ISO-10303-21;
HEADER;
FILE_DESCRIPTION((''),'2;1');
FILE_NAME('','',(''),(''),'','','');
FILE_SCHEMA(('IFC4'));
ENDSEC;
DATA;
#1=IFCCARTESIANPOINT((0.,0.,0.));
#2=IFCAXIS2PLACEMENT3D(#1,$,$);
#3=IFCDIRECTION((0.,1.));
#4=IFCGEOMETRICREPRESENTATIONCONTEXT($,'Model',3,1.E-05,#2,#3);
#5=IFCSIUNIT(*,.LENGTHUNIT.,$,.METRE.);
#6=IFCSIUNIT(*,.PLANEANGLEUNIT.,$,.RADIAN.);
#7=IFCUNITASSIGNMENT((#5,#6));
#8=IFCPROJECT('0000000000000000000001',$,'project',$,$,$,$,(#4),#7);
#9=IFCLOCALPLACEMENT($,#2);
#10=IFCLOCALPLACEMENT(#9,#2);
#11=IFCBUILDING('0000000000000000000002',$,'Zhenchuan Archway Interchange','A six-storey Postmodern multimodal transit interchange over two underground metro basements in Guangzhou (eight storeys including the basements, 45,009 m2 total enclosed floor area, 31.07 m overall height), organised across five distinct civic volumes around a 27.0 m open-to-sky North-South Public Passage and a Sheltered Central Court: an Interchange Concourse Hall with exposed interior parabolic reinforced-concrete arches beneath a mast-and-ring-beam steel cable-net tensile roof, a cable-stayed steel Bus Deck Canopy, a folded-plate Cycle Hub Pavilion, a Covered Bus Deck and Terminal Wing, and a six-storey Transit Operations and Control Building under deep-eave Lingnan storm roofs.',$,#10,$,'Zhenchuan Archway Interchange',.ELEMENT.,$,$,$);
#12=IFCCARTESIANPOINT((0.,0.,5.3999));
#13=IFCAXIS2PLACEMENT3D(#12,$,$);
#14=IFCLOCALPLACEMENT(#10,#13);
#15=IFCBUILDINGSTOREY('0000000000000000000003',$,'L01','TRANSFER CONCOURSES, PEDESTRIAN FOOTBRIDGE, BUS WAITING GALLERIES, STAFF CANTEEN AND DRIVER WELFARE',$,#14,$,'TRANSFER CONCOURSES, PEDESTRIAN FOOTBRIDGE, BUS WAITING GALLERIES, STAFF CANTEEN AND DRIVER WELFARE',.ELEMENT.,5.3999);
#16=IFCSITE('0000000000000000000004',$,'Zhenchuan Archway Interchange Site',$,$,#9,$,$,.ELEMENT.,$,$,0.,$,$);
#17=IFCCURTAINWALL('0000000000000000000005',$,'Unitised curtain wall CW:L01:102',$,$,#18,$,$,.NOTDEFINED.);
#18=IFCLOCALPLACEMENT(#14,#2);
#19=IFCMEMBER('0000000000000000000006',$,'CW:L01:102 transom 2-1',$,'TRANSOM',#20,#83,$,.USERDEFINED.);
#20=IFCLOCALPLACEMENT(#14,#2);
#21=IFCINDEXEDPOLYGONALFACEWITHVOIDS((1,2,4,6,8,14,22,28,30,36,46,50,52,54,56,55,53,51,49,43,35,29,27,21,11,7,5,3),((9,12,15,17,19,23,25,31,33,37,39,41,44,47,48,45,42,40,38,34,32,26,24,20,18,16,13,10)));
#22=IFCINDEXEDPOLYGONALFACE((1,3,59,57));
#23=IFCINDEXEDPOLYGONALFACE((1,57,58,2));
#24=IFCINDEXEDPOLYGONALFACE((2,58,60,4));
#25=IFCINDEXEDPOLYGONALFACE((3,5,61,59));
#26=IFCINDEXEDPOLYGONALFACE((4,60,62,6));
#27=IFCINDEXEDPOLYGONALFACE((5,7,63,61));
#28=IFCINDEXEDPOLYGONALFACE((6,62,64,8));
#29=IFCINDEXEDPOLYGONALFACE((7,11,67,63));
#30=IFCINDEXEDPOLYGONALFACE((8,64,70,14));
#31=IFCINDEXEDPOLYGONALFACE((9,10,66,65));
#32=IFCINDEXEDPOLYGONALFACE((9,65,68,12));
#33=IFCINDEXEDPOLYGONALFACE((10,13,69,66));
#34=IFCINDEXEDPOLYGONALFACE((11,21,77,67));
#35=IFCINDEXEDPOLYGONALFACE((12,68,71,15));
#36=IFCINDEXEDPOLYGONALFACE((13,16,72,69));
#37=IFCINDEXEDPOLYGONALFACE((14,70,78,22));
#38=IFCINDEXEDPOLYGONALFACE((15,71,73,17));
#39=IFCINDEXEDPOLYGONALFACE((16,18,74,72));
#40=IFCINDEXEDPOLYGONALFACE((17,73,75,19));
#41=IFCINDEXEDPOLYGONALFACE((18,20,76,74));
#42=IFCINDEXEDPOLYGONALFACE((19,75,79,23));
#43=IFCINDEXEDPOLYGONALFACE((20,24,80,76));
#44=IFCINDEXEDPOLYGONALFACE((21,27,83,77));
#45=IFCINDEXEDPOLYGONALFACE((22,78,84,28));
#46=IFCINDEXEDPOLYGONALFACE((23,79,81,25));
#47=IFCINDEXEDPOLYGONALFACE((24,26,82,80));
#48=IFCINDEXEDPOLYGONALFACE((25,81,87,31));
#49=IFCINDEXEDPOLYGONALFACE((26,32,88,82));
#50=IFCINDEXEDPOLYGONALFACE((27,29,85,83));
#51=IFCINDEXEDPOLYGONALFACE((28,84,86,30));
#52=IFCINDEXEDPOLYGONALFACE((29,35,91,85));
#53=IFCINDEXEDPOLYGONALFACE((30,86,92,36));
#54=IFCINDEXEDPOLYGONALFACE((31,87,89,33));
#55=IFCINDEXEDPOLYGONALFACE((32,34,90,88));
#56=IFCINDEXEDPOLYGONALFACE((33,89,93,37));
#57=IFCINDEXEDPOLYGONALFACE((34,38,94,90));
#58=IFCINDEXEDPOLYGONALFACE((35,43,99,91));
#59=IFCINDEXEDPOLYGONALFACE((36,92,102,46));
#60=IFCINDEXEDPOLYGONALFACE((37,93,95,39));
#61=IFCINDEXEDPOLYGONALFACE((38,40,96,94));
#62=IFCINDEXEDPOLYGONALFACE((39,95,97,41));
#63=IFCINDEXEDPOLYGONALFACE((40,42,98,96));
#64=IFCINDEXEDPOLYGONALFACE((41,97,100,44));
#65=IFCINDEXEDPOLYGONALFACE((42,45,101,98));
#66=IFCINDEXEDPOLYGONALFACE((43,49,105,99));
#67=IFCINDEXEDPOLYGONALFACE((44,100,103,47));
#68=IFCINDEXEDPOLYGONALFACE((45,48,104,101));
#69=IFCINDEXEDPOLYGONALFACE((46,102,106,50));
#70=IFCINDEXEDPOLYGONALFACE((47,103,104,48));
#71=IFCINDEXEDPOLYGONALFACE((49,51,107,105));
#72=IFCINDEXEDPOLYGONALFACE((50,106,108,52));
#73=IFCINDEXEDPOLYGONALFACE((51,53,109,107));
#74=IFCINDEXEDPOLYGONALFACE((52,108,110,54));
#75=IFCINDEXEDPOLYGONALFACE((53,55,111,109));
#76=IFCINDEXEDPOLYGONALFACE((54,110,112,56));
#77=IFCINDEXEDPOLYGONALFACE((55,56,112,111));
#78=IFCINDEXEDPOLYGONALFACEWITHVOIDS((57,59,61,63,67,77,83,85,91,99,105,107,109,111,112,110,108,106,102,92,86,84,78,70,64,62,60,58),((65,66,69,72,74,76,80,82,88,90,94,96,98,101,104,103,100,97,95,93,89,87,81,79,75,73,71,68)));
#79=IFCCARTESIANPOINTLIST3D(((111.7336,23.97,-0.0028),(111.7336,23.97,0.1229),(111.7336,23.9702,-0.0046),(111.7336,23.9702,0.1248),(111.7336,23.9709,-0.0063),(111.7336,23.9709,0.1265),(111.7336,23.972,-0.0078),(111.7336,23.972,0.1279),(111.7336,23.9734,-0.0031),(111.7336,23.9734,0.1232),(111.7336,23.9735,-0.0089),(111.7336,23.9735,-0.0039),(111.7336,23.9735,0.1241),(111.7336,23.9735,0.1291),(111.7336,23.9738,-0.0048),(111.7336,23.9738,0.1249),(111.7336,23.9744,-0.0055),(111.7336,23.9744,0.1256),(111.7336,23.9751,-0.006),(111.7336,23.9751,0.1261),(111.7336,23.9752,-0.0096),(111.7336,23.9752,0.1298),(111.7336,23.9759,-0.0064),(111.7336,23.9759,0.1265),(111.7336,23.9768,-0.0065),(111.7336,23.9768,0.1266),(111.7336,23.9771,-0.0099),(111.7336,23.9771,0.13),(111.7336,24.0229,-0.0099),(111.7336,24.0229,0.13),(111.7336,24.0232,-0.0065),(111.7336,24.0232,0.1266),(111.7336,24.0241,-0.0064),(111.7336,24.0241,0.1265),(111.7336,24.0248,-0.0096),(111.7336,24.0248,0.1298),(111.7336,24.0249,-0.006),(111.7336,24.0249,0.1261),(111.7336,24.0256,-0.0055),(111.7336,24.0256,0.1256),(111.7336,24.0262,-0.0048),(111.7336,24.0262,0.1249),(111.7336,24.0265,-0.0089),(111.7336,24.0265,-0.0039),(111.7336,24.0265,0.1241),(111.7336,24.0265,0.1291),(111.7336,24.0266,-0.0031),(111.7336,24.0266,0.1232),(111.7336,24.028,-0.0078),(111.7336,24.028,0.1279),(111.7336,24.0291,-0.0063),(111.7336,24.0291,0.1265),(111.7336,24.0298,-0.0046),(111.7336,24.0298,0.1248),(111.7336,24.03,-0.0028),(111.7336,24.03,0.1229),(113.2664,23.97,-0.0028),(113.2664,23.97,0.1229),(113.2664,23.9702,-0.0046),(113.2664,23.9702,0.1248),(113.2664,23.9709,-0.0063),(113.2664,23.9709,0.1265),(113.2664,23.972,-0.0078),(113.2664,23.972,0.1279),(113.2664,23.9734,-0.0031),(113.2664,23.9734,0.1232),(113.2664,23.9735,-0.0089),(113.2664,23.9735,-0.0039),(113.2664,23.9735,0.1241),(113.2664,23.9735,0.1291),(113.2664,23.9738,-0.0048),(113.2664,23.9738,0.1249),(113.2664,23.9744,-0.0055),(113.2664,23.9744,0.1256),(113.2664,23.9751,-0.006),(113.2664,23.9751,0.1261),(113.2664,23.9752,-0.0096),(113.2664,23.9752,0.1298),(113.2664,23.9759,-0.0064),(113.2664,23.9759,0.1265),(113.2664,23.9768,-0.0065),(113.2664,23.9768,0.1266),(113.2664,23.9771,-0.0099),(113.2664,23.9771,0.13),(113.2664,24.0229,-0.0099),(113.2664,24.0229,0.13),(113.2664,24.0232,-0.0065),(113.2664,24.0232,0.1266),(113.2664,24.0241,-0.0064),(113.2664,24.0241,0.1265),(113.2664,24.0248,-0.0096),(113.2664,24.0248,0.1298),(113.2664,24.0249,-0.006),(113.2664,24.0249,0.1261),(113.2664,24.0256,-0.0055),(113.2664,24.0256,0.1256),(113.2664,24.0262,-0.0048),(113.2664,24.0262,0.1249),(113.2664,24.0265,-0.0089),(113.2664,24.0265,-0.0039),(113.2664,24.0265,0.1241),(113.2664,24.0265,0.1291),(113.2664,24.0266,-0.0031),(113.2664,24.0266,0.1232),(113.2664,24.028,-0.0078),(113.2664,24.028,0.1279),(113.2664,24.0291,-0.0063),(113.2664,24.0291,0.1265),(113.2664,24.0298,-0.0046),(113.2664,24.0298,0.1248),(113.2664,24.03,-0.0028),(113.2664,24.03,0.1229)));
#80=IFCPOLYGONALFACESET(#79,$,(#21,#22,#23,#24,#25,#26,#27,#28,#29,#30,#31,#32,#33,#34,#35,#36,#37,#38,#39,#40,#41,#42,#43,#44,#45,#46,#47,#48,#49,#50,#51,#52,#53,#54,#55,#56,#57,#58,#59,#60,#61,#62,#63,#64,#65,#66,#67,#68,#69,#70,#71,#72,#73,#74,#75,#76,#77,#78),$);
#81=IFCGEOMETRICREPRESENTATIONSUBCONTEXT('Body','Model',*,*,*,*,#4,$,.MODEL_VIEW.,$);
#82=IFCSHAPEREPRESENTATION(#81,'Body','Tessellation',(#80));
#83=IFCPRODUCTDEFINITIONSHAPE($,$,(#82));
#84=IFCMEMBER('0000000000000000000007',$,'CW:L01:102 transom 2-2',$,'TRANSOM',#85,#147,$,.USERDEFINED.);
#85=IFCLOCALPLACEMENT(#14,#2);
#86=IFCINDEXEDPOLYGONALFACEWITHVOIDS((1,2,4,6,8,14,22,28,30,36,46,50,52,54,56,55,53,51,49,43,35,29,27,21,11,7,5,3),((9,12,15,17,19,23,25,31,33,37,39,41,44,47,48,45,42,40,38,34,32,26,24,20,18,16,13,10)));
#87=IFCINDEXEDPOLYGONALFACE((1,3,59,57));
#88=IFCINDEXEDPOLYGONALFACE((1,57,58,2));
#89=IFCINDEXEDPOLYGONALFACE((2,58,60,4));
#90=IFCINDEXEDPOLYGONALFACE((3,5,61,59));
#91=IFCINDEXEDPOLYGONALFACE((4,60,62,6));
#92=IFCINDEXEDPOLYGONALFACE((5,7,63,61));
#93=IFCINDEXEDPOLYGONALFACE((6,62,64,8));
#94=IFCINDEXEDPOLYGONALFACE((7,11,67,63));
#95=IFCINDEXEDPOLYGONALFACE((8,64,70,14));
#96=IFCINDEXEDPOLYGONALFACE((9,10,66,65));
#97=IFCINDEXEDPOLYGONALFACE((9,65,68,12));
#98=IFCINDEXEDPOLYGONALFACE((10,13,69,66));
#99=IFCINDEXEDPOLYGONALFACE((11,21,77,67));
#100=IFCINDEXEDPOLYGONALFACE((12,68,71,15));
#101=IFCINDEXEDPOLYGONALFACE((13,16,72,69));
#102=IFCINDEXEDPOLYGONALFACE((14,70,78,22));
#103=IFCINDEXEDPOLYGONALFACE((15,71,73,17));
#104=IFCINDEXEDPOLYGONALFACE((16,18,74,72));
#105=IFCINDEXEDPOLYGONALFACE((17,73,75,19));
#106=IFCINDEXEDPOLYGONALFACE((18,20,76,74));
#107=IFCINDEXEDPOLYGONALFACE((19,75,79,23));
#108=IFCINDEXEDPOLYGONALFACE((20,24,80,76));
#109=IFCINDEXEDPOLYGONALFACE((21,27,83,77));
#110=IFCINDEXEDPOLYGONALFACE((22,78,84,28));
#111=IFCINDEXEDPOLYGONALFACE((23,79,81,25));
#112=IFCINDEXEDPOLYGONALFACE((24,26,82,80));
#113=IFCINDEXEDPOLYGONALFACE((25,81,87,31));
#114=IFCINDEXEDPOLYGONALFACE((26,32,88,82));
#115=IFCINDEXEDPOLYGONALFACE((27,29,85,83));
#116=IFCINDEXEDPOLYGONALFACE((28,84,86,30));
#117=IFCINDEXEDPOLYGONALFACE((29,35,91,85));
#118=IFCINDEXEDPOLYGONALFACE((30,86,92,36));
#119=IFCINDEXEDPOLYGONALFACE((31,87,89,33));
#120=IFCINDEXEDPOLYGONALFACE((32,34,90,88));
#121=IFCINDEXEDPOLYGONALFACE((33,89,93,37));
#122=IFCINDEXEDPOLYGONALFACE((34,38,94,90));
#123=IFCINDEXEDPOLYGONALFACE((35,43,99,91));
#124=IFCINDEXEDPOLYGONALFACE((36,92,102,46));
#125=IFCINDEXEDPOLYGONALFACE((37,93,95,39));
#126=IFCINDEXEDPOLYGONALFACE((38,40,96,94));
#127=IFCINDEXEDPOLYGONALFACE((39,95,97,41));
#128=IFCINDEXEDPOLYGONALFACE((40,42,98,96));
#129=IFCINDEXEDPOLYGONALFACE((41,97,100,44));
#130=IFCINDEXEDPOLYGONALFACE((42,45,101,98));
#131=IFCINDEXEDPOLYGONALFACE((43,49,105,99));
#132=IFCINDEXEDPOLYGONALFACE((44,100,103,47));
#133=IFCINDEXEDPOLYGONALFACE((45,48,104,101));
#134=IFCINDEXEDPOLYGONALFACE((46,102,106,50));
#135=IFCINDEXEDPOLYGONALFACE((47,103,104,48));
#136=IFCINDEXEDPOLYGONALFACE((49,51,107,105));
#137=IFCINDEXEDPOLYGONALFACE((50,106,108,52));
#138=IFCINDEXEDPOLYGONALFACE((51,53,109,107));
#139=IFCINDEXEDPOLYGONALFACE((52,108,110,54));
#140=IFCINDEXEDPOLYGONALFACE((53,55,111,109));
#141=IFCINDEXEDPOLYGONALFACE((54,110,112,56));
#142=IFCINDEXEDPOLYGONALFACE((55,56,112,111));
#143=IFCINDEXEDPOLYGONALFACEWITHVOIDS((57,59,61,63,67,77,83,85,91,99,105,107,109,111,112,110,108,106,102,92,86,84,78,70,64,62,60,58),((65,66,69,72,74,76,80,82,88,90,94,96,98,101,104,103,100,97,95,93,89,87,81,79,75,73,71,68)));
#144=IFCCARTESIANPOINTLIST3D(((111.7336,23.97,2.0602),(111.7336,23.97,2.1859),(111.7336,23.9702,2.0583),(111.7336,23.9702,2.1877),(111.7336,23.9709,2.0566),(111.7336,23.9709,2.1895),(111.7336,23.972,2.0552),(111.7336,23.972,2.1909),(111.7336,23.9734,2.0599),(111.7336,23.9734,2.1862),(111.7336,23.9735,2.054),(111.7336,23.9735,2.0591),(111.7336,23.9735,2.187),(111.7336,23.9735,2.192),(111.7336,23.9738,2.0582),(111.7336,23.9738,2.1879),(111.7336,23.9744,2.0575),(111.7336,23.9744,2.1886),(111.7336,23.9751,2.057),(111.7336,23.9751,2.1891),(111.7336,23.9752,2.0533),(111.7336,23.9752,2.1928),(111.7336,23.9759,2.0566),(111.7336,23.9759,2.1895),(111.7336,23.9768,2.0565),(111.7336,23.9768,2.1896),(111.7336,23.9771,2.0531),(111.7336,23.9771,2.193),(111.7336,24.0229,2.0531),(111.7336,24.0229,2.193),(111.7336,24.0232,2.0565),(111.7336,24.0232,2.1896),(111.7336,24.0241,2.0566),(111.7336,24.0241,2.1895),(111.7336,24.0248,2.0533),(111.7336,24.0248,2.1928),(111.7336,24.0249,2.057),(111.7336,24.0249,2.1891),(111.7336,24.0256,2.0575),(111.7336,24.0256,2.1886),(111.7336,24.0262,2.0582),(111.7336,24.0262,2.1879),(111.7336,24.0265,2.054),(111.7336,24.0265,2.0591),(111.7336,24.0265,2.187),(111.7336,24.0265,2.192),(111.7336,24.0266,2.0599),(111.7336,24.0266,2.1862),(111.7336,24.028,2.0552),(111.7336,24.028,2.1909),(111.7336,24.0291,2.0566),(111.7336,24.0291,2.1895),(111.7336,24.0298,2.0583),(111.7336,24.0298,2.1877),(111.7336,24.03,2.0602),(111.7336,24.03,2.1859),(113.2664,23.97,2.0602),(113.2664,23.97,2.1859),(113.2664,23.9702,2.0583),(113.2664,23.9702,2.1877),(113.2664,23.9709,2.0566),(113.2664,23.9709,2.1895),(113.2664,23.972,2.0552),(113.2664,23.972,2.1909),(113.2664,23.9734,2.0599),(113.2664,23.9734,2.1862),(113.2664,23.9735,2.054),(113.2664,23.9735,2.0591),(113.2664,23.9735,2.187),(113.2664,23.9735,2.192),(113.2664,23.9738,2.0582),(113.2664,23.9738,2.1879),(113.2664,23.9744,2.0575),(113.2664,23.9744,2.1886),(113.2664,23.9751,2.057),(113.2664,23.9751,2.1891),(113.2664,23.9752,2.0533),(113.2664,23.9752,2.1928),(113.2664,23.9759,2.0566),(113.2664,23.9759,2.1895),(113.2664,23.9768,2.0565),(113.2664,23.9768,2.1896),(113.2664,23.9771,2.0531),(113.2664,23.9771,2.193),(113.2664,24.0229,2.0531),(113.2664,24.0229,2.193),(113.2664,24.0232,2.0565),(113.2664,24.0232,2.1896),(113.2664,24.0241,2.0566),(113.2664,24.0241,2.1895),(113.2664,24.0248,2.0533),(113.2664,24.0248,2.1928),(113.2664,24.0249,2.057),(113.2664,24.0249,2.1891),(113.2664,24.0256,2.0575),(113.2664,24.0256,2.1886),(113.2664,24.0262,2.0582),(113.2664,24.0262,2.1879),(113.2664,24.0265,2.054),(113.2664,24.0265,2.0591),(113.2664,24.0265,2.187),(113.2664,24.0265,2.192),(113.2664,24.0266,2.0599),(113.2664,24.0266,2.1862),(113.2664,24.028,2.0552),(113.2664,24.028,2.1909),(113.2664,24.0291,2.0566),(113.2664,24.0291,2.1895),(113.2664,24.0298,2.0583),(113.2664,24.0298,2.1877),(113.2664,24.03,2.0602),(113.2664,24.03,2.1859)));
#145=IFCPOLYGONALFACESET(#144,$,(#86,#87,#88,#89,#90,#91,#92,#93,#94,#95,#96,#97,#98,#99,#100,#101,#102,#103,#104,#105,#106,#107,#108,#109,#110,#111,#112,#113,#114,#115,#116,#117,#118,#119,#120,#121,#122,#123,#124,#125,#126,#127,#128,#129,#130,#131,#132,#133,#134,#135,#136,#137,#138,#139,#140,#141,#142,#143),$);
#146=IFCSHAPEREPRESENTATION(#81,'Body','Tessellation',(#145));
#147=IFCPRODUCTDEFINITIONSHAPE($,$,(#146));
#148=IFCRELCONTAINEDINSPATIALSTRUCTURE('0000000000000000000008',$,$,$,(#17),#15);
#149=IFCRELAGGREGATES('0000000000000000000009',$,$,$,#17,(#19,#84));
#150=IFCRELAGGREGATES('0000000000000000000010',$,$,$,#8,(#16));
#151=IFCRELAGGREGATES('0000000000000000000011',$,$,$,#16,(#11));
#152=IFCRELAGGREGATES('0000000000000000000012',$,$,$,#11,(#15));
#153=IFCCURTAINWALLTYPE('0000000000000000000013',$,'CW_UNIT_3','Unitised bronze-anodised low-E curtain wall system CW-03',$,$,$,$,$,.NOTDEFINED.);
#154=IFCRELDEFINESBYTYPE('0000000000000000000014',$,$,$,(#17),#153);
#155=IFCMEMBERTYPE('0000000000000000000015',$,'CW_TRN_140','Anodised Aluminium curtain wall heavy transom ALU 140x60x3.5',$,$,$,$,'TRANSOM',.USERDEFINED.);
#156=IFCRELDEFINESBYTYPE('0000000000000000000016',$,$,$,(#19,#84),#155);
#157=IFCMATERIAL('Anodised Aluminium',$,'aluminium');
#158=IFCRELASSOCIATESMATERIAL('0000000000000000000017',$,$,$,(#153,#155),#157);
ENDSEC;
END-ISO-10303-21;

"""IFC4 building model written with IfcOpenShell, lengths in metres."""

from ifc_helpers import new_model, si_unit, direction, frame, origin, origin_2d, place, context, subcontext, project, spatial, hollow_rectangle, extrude, material, material_profile, profile_set, type_object, element, aggregate, save


model = new_model("IFC4")

# Units and contexts
model_context = context("Model", 3, precision=1e-05, world=origin(), true_north=direction((0.0, 1.0)))
body_context = subcontext(model_context, "Body", "Model", "MODEL_VIEW")
ifc_project = project(units=[si_unit("LENGTHUNIT", "METRE"), si_unit("PLANEANGLEUNIT", "RADIAN")], contexts=[model_context])

# Site, building, storey
site_placement = place(None, origin())
site = spatial("IfcSite", under=ifc_project, at=site_placement, Name="Zhenchuan Archway Interchange Site", CompositionType="ELEMENT", RefElevation=0.0)
building_placement = place(site_placement, origin())
building = spatial("IfcBuilding", under=site, at=building_placement, Name="Zhenchuan Archway Interchange", Description="A six-storey Postmodern multimodal transit interchange over two underground metro basements in Guangzhou (eight storeys including the basements, 45,009 m2 total enclosed floor area, 31.07 m overall height), organised across five distinct civic volumes around a 27.0 m open-to-sky North-South Public Passage and a Sheltered Central Court: an Interchange Concourse Hall with exposed interior parabolic reinforced-concrete arches beneath a mast-and-ring-beam steel cable-net tensile roof, a cable-stayed steel Bus Deck Canopy, a folded-plate Cycle Hub Pavilion, a Covered Bus Deck and Terminal Wing, and a six-storey Transit Operations and Control Building under deep-eave Lingnan storm roofs.", LongName="Zhenchuan Archway Interchange", CompositionType="ELEMENT")
storey_placement = place(building_placement, frame((0.0, 0.0, 5.3999)))
storey = spatial("IfcBuildingStorey", under=building, at=storey_placement, Name="L01", Description="TRANSFER CONCOURSES, PEDESTRIAN FOOTBRIDGE, BUS WAITING GALLERIES, STAFF CANTEEN AND DRIVER WELFARE", LongName="TRANSFER CONCOURSES, PEDESTRIAN FOOTBRIDGE, BUS WAITING GALLERIES, STAFF CANTEEN AND DRIVER WELFARE", CompositionType="ELEMENT", Elevation=5.3999)

# Curtain wall, members
ifc_material_1 = material(Name="Anodised Aluminium", Category="aluminium")
curtain_wall_type = type_object("IfcCurtainWallType", Name="CW_UNIT_3", Description="Unitised bronze-anodised low-E curtain wall system CW-03", PredefinedType="NOTDEFINED", material=ifc_material_1)
curtain_wall_placement = place(storey_placement, origin())
curtain_wall = element("IfcCurtainWall", 1, at=curtain_wall_placement, inside=storey, type_object=curtain_wall_type, Name="Unitised curtain wall CW:L01:102", PredefinedType="NOTDEFINED")
ifc_material_profile_1 = material_profile(ifc_material_1, hollow_rectangle(XDim=0.0601, YDim=0.1399, WallThickness=0.0034, InnerFilletRadius=0.0034, OuterFilletRadius=0.0071, at=origin_2d()), Name="ALU 140x60x3.5")
ifc_profile_set_1 = profile_set([ifc_material_profile_1], Name="Anodised Aluminium")
member_type_1 = type_object("IfcMemberType", Name="CW_TRN_140", Description="Anodised Aluminium curtain wall heavy transom ALU 140x60x3.5", ElementType="TRANSOM", PredefinedType="USERDEFINED", material=ifc_profile_set_1)
member_1_placement = place(storey_placement, frame((111.7336, 24.0, 0.0601), z_axis=(1.0, 0.0, 0.0), x_axis=(0.0, 1.0, 0.0)))
member_1 = element("IfcMember", 2, at=member_1_placement, type_object=member_type_1, Name="CW:L01:102 transom 2-1", ObjectType="TRANSOM", PredefinedType="USERDEFINED", context=body_context, shape_type="SweptSolid", body=[
    extrude(hollow_rectangle(XDim=0.0601, YDim=0.1399, WallThickness=0.0034, InnerFilletRadius=0.0034, OuterFilletRadius=0.0071, at=origin_2d()), origin(), (0.0, 0.0, 1.0), 1.5327),
])
member_2_placement = place(storey_placement, frame((111.7336, 24.0, 2.123), z_axis=(1.0, 0.0, 0.0), x_axis=(0.0, 1.0, 0.0)))
member_2 = element("IfcMember", 3, at=member_2_placement, type_object=member_type_1, Name="CW:L01:102 transom 2-2", ObjectType="TRANSOM", PredefinedType="USERDEFINED", context=body_context, shape_type="SweptSolid", body=[
    extrude(hollow_rectangle(XDim=0.0601, YDim=0.1399, WallThickness=0.0034, InnerFilletRadius=0.0034, OuterFilletRadius=0.0071, at=origin_2d()), origin(), (0.0, 0.0, 1.0), 1.5327),
])

aggregate(curtain_wall, [member_1, member_2])

save(model, "model.ifc")
